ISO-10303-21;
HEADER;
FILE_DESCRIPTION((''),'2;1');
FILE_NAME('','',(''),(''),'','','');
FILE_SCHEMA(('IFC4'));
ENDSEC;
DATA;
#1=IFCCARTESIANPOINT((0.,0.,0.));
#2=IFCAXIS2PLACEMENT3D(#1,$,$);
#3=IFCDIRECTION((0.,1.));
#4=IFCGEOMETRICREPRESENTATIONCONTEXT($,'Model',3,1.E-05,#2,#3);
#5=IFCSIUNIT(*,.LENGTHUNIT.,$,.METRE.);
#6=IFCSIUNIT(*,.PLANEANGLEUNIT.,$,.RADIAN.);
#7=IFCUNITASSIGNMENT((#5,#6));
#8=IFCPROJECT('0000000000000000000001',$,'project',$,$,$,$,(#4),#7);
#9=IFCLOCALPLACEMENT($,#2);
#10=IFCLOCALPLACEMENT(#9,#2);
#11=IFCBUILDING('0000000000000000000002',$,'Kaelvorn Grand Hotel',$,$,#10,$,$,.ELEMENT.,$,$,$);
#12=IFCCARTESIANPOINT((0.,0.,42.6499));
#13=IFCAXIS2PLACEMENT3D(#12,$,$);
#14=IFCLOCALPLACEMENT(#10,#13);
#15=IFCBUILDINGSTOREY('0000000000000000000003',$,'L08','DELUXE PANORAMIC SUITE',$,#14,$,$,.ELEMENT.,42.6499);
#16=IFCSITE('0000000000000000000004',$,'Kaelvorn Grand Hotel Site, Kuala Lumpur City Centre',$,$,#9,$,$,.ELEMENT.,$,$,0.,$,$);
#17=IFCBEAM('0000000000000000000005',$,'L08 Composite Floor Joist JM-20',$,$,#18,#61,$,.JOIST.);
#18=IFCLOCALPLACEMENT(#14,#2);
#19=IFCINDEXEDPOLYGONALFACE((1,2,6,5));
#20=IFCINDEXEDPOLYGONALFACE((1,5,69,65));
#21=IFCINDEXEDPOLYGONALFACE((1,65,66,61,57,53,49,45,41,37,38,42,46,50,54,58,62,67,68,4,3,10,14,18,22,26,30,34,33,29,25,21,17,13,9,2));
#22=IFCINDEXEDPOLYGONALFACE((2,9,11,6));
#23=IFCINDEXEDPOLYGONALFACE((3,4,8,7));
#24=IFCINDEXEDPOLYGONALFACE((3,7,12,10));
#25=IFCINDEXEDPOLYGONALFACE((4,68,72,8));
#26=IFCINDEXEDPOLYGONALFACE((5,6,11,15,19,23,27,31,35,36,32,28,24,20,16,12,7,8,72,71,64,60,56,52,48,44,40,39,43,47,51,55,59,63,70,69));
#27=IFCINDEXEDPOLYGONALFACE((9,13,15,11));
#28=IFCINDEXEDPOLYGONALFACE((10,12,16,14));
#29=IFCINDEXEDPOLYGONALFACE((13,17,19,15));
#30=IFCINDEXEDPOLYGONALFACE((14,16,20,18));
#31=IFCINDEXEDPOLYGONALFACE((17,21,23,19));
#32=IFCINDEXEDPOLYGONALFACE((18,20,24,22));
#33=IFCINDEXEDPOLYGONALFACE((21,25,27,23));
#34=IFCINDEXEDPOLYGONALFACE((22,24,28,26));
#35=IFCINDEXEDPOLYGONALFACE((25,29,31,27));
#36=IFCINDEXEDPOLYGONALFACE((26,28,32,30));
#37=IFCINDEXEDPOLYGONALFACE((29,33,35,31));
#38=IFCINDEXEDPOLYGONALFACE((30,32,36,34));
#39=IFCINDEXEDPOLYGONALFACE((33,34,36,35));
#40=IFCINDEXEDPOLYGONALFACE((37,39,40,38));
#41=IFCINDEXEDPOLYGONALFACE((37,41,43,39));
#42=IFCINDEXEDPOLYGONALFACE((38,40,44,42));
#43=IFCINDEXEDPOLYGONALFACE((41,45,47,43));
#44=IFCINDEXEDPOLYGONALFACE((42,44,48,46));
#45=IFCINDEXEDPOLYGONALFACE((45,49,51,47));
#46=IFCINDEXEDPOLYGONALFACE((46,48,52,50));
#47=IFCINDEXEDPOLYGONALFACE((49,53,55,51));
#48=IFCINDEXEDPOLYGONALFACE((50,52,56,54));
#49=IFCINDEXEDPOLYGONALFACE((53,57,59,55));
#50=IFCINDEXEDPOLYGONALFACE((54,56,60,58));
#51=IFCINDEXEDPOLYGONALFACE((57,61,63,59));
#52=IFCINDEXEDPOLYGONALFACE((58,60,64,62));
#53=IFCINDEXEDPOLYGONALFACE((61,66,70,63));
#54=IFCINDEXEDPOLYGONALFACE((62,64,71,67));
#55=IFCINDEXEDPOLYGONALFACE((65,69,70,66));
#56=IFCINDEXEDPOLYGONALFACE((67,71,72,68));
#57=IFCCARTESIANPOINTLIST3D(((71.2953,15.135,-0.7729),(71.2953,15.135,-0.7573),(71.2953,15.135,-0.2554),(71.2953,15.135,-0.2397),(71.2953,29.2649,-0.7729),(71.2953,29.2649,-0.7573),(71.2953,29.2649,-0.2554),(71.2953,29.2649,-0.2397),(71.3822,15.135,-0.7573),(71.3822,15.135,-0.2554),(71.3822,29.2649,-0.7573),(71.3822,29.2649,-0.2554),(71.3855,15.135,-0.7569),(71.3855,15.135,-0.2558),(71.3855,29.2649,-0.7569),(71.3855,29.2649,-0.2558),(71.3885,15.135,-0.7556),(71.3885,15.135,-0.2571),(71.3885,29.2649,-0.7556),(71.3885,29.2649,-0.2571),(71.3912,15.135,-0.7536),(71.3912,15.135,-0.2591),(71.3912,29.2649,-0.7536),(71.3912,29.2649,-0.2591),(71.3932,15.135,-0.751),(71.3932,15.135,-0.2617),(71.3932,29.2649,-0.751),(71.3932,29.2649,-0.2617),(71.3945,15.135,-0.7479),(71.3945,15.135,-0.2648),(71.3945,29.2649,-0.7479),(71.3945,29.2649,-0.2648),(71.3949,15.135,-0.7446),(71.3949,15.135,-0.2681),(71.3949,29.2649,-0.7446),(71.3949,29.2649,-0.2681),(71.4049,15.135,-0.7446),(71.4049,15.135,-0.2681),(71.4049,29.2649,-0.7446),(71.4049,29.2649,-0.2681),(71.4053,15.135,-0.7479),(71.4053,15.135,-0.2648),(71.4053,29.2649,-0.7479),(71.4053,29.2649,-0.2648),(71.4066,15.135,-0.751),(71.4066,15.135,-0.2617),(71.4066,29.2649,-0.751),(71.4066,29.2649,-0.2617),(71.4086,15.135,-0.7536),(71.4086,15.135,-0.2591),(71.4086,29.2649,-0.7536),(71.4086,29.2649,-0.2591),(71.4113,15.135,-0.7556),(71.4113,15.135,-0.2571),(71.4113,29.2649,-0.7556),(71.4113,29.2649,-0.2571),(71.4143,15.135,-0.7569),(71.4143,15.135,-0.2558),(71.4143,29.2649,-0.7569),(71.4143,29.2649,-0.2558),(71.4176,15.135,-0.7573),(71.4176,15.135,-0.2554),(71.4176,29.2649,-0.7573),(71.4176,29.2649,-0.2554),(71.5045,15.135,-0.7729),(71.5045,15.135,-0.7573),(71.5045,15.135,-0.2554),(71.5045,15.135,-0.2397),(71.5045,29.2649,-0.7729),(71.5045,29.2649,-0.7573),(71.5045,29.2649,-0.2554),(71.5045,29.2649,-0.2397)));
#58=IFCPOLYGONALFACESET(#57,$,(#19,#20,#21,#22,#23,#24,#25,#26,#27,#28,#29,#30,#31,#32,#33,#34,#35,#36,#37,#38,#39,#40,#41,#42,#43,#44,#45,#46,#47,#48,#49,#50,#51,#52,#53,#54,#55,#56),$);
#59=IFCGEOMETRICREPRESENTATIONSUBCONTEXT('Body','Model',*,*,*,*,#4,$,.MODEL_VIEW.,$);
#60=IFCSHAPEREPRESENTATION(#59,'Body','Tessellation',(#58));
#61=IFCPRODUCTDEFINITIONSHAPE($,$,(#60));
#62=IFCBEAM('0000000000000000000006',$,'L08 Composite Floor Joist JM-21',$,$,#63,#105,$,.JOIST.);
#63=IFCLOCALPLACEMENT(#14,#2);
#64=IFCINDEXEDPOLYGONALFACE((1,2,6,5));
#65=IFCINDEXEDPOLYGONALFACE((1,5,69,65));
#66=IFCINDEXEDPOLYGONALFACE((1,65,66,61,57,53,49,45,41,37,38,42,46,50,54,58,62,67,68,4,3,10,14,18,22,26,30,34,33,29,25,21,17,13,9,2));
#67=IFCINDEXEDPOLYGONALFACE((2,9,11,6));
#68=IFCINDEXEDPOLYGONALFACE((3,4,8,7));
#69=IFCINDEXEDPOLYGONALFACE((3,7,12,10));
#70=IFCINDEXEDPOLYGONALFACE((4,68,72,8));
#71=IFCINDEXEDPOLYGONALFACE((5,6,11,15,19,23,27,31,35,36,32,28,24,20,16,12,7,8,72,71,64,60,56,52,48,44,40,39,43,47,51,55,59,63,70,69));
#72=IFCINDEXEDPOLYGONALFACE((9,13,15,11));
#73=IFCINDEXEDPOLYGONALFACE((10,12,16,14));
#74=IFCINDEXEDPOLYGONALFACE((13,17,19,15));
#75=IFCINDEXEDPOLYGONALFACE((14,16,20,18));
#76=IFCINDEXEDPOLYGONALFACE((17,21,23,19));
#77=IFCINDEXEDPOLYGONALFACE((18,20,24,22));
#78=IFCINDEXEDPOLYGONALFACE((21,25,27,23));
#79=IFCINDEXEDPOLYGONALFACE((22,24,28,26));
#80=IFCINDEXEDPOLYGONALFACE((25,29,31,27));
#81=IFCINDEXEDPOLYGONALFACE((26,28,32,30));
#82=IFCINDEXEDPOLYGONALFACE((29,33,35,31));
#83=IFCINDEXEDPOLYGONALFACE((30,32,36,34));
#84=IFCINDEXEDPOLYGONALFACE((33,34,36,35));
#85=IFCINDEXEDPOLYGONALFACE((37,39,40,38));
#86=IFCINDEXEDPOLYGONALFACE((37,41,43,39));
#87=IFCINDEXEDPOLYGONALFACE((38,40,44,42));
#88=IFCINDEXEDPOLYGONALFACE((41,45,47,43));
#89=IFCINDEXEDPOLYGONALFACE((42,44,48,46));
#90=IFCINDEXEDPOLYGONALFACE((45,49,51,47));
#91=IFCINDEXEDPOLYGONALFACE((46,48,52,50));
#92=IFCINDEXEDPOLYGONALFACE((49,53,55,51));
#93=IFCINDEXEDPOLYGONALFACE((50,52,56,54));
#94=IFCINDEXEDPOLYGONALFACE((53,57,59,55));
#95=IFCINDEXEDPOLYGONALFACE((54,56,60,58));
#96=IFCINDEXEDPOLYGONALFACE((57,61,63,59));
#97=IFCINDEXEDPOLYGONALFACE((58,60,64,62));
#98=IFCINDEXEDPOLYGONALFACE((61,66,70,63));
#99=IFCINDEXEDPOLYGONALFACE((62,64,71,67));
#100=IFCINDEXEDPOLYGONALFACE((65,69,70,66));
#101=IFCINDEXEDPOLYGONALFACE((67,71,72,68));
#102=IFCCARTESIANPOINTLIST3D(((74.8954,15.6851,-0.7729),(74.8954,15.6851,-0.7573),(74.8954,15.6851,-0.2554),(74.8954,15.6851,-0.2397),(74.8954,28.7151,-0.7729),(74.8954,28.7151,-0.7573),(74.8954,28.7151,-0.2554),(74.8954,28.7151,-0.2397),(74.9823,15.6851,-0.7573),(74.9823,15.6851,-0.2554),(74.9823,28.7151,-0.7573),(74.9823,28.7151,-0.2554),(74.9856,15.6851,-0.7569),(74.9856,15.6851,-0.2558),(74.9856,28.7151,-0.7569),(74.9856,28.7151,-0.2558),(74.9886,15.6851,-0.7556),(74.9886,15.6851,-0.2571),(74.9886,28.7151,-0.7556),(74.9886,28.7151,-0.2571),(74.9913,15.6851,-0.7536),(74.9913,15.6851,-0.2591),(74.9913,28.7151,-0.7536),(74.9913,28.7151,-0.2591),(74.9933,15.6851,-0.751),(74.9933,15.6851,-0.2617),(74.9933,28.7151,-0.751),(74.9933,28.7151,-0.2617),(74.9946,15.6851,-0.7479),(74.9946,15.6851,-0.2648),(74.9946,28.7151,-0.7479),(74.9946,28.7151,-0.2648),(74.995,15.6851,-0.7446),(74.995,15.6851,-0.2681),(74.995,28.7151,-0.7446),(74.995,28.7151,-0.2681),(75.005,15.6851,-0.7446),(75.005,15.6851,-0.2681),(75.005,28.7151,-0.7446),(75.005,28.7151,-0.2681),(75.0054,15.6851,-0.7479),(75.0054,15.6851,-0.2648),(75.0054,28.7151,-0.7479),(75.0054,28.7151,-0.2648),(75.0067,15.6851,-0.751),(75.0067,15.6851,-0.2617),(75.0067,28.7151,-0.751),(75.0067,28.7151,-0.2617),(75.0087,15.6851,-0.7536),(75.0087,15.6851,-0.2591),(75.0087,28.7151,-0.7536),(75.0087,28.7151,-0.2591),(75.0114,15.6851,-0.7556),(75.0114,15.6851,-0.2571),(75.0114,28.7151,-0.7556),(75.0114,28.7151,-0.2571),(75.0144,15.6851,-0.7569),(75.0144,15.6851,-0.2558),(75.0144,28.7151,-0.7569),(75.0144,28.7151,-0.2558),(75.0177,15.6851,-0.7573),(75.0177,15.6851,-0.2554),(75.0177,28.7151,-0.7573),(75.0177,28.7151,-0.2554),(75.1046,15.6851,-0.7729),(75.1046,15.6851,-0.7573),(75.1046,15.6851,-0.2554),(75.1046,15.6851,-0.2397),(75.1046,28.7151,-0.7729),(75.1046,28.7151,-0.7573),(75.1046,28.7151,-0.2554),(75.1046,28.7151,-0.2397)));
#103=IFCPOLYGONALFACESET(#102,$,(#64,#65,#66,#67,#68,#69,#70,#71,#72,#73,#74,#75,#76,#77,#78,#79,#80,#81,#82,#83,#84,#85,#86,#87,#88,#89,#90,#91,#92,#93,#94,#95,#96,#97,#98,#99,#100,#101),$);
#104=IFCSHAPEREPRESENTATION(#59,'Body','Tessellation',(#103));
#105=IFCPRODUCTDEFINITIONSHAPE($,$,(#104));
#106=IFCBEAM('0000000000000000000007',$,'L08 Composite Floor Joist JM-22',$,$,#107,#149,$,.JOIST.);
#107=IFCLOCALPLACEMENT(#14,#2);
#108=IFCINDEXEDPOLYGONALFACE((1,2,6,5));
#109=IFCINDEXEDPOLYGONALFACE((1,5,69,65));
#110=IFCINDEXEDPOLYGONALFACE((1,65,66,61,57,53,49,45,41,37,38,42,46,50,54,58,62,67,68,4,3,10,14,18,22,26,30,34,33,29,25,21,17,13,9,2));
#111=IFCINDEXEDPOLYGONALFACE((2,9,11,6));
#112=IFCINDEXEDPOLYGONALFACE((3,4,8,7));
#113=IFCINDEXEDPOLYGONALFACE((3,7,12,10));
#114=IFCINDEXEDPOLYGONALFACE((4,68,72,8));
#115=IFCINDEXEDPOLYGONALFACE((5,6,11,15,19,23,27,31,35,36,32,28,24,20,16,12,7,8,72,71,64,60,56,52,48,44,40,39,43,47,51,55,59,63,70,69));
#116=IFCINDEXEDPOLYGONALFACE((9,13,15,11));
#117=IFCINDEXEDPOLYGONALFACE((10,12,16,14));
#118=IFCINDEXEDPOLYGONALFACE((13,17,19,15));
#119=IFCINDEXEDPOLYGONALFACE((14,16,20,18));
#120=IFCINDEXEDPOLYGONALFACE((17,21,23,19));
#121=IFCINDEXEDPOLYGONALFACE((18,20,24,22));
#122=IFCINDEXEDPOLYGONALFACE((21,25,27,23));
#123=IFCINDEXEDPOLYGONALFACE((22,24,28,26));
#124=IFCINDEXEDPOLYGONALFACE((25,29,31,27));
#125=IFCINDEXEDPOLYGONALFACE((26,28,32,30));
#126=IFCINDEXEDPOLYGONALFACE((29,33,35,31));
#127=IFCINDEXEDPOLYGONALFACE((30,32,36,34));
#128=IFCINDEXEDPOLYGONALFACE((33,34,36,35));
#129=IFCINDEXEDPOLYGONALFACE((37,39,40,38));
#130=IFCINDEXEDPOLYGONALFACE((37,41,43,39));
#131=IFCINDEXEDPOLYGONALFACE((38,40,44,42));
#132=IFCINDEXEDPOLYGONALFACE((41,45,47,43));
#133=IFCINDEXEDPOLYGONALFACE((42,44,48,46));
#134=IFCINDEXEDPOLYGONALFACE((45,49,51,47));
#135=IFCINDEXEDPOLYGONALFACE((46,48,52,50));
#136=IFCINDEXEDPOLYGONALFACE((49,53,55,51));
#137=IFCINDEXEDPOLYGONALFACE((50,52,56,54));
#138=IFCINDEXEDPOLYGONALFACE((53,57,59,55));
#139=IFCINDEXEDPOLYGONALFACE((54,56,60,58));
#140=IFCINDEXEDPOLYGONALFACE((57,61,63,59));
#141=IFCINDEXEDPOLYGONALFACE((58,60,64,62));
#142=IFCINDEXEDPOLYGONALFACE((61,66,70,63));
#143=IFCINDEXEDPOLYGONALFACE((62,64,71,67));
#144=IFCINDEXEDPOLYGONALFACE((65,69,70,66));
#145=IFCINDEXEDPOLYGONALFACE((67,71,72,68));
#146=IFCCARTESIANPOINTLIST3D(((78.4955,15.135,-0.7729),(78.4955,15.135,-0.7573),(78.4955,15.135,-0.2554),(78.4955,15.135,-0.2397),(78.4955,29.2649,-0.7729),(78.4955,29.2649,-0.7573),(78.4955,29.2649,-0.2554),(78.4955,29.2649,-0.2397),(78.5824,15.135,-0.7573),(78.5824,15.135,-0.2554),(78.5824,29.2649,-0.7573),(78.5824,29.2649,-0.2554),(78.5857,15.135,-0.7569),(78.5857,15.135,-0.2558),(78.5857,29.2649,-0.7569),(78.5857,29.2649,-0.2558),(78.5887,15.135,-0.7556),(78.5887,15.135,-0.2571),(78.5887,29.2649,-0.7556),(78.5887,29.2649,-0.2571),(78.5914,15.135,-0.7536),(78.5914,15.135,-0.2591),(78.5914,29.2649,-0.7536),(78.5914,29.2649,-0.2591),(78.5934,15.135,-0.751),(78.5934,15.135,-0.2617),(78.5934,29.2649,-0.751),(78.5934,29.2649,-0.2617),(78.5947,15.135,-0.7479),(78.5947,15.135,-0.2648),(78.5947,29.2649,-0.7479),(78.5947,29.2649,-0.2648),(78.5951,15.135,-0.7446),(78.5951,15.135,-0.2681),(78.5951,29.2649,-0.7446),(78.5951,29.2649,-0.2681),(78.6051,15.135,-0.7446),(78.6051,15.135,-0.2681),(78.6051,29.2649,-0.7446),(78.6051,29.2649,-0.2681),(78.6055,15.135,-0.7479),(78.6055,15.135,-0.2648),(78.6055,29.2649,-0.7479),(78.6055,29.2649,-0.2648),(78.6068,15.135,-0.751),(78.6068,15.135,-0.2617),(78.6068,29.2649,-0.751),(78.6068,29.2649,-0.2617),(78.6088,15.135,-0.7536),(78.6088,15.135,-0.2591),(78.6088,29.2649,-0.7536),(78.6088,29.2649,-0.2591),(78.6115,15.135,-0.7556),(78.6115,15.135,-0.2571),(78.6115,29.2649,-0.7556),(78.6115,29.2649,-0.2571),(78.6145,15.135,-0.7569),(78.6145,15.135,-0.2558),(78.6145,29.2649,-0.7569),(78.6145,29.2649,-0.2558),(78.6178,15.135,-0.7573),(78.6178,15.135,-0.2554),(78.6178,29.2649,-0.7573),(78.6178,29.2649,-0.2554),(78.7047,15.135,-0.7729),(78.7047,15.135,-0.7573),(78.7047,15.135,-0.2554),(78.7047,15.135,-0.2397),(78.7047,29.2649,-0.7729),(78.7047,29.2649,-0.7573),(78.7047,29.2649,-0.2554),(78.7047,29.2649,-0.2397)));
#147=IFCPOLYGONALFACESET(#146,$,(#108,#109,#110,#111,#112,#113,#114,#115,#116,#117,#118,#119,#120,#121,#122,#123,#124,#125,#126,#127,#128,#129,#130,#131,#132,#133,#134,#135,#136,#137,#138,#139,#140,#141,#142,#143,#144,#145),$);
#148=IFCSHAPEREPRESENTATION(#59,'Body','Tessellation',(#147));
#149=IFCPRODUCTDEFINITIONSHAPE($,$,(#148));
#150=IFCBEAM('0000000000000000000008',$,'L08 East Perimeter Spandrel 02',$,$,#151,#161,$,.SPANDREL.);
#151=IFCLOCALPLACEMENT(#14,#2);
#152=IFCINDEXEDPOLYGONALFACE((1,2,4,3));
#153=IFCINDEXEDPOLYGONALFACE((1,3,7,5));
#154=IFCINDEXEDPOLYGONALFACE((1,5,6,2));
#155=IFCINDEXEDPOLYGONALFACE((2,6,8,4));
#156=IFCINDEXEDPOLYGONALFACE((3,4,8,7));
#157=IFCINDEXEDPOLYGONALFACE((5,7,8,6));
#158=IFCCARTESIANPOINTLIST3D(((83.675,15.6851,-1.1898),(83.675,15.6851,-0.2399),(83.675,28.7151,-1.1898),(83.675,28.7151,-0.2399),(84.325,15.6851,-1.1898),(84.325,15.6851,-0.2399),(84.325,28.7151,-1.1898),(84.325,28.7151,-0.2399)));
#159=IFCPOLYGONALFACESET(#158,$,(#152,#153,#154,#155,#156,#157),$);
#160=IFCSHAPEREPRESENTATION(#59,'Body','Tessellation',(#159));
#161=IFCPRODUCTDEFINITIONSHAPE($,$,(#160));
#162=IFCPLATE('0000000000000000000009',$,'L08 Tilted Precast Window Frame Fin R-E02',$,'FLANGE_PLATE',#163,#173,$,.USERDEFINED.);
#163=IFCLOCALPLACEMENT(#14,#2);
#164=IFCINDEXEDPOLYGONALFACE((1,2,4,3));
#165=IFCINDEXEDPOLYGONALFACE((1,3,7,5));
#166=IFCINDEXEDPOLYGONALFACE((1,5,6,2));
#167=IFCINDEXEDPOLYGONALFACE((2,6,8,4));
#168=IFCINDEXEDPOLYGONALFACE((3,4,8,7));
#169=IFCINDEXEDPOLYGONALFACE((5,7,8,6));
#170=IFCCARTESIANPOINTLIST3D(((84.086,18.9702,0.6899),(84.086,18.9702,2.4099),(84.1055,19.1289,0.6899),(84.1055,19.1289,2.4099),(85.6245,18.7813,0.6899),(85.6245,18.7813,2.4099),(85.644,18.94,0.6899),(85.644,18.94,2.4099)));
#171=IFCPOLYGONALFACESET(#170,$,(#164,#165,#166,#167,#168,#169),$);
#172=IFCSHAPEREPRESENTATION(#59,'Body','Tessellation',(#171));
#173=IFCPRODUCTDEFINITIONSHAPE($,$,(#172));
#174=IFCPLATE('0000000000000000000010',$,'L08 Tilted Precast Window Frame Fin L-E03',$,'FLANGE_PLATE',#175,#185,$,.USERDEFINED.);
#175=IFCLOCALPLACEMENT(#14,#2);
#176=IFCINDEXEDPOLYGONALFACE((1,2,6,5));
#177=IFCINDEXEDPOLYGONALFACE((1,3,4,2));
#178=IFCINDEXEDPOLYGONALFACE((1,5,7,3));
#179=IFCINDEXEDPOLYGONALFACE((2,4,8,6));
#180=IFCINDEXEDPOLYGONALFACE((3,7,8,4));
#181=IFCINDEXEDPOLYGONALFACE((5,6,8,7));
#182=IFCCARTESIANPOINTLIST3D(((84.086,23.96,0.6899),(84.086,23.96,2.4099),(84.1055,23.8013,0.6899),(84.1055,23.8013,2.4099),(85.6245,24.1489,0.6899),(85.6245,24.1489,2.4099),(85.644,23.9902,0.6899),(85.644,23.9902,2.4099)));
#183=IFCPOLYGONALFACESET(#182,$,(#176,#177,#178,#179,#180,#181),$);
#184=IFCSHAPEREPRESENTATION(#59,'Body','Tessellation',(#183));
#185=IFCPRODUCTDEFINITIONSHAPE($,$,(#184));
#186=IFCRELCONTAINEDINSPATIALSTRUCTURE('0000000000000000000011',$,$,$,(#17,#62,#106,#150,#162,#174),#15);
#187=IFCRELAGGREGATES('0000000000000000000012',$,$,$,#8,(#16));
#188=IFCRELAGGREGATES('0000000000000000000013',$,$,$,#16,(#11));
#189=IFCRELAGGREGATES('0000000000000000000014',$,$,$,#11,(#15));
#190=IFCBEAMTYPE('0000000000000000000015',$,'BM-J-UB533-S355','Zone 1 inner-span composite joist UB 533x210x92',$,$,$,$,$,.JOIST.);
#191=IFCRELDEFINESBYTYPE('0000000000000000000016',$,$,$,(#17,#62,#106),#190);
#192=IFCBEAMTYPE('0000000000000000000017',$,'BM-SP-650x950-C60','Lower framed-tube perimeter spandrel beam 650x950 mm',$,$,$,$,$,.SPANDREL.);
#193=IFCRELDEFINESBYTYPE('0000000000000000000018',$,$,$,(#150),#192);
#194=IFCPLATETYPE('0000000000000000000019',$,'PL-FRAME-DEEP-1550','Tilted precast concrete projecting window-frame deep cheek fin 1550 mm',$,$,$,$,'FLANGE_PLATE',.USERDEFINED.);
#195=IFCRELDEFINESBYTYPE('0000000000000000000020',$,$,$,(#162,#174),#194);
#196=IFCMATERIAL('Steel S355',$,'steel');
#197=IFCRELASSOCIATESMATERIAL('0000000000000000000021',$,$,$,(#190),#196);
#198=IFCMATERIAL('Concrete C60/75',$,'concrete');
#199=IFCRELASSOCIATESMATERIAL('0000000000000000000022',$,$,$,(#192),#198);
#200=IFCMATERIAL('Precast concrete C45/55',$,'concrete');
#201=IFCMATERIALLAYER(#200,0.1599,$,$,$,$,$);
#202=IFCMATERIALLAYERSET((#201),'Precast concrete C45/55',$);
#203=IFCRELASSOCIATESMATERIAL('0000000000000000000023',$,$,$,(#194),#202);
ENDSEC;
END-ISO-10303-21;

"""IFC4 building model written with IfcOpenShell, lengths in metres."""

from ifc_helpers import new_model, si_unit, direction, frame, origin, origin_2d, place, context, subcontext, project, spatial, rectangle, i_section, extrude, material, layer, layer_set, material_profile, profile_set, type_object, element, save


model = new_model("IFC4")

# Units and contexts
model_context = context("Model", 3, precision=1e-05, world=origin(), true_north=direction((0.0, 1.0)))
body_context = subcontext(model_context, "Body", "Model", "MODEL_VIEW")
ifc_project = project(units=[si_unit("LENGTHUNIT", "METRE"), si_unit("PLANEANGLEUNIT", "RADIAN")], contexts=[model_context])

# Site, building, storey
site_placement = place(None, origin())
site = spatial("IfcSite", under=ifc_project, at=site_placement, Name="Kaelvorn Grand Hotel Site, Kuala Lumpur City Centre", CompositionType="ELEMENT", RefElevation=0.0)
building_placement = place(site_placement, origin())
building = spatial("IfcBuilding", under=site, at=building_placement, Name="Kaelvorn Grand Hotel", CompositionType="ELEMENT")
storey_placement = place(building_placement, frame((0.0, 0.0, 42.6499)))
storey = spatial("IfcBuildingStorey", under=building, at=storey_placement, Name="L08", Description="DELUXE PANORAMIC SUITE", CompositionType="ELEMENT", Elevation=42.6499)

# Beams
ifc_material_1 = material(Name="Steel S355", Category="steel")
ifc_material_profile_1 = material_profile(ifc_material_1, i_section(OverallWidth=0.2092, OverallDepth=0.5332, WebThickness=0.01, FlangeThickness=0.0156, FilletRadius=0.0127, at=origin_2d()), Name="UB 533x210x92")
ifc_profile_set_1 = profile_set([ifc_material_profile_1], Name="Steel S355")
beam_type_1 = type_object("IfcBeamType", Name="BM-J-UB533-S355", Description="Zone 1 inner-span composite joist UB 533x210x92", PredefinedType="JOIST", material=ifc_profile_set_1)
beam_1_placement = place(storey_placement, frame((71.3999, 15.135, -0.5063), z_axis=(0.0, 1.0, 0.0), x_axis=(-1.0, 0.0, 0.0)))
element("IfcBeam", 1, at=beam_1_placement, inside=storey, type_object=beam_type_1, Name="L08 Composite Floor Joist JM-20", PredefinedType="JOIST", context=body_context, shape_type="SweptSolid", body=[
    extrude(i_section(OverallWidth=0.2092, OverallDepth=0.5332, WebThickness=0.01, FlangeThickness=0.0156, FilletRadius=0.0127, at=origin_2d()), origin(), (0.0, 0.0, 1.0), 14.1299),
])
beam_2_placement = place(storey_placement, frame((75.0, 15.6851, -0.5063), z_axis=(0.0, 1.0, 0.0), x_axis=(-1.0, 0.0, 0.0)))
element("IfcBeam", 2, at=beam_2_placement, inside=storey, type_object=beam_type_1, Name="L08 Composite Floor Joist JM-21", PredefinedType="JOIST", context=body_context, shape_type="SweptSolid", body=[
    extrude(i_section(OverallWidth=0.2092, OverallDepth=0.5332, WebThickness=0.01, FlangeThickness=0.0156, FilletRadius=0.0127, at=origin_2d()), origin(), (0.0, 0.0, 1.0), 13.03),
])
beam_3_placement = place(storey_placement, frame((78.6001, 15.135, -0.5063), z_axis=(0.0, 1.0, 0.0), x_axis=(-1.0, 0.0, 0.0)))
element("IfcBeam", 3, at=beam_3_placement, inside=storey, type_object=beam_type_1, Name="L08 Composite Floor Joist JM-22", PredefinedType="JOIST", context=body_context, shape_type="SweptSolid", body=[
    extrude(i_section(OverallWidth=0.2092, OverallDepth=0.5332, WebThickness=0.01, FlangeThickness=0.0156, FilletRadius=0.0127, at=origin_2d()), origin(), (0.0, 0.0, 1.0), 14.1299),
])
ifc_material_2 = material(Name="Concrete C60/75", Category="concrete")
ifc_material_profile_2 = material_profile(ifc_material_2, rectangle(XDim=0.6499, YDim=0.95, at=origin_2d()), Name="RC SPANDREL 650x950")
ifc_profile_set_2 = profile_set([ifc_material_profile_2], Name="Concrete C60/75")
beam_type_2 = type_object("IfcBeamType", Name="BM-SP-650x950-C60", Description="Lower framed-tube perimeter spandrel beam 650x950 mm", PredefinedType="SPANDREL", material=ifc_profile_set_2)
beam_4_placement = place(storey_placement, frame((84.0, 15.6851, -0.7148), z_axis=(0.0, 1.0, 0.0), x_axis=(-1.0, 0.0, 0.0)))
element("IfcBeam", 4, at=beam_4_placement, inside=storey, type_object=beam_type_2, Name="L08 East Perimeter Spandrel 02", PredefinedType="SPANDREL", context=body_context, shape_type="SweptSolid", body=[
    extrude(rectangle(XDim=0.6499, YDim=0.95, at=origin_2d()), origin(), (0.0, 0.0, 1.0), 13.03),
])

# Plates
ifc_material_3 = material(Name="Precast concrete C45/55", Category="concrete")
ifc_layer_1 = layer(ifc_material_3, 0.1599)
ifc_layer_set_1 = layer_set([ifc_layer_1], Name="Precast concrete C45/55")
plate_type_1 = type_object("IfcPlateType", Name="PL-FRAME-DEEP-1550", Description="Tilted precast concrete projecting window-frame deep cheek fin 1550 mm", ElementType="FLANGE_PLATE", PredefinedType="USERDEFINED", material=ifc_layer_set_1)
for number, where, z_axis, x_axis, name in (
    (5, (84.865, 18.9551, 0.6899), (0.0, 0.0, 1.0), (0.121869, 0.992546, 0.0), "L08 Tilted Precast Window Frame Fin R-E02"),
    (6, (84.865, 23.9751, 0.6899), (0.0, 0.0, 1.0), (-0.121869, 0.992546, 0.0), "L08 Tilted Precast Window Frame Fin L-E03"),
):
    element("IfcPlate", number, at=place(storey_placement, frame(where, z_axis=z_axis, x_axis=x_axis)), inside=storey, type_object=plate_type_1, Name=name, ObjectType="FLANGE_PLATE", PredefinedType="USERDEFINED", context=body_context, shape_type="SweptSolid", body=[
        extrude(rectangle(XDim=0.1599, YDim=1.55, at=origin_2d()), origin(), (0.0, 0.0, 1.0), 1.72),
    ])

save(model, "model.ifc")
